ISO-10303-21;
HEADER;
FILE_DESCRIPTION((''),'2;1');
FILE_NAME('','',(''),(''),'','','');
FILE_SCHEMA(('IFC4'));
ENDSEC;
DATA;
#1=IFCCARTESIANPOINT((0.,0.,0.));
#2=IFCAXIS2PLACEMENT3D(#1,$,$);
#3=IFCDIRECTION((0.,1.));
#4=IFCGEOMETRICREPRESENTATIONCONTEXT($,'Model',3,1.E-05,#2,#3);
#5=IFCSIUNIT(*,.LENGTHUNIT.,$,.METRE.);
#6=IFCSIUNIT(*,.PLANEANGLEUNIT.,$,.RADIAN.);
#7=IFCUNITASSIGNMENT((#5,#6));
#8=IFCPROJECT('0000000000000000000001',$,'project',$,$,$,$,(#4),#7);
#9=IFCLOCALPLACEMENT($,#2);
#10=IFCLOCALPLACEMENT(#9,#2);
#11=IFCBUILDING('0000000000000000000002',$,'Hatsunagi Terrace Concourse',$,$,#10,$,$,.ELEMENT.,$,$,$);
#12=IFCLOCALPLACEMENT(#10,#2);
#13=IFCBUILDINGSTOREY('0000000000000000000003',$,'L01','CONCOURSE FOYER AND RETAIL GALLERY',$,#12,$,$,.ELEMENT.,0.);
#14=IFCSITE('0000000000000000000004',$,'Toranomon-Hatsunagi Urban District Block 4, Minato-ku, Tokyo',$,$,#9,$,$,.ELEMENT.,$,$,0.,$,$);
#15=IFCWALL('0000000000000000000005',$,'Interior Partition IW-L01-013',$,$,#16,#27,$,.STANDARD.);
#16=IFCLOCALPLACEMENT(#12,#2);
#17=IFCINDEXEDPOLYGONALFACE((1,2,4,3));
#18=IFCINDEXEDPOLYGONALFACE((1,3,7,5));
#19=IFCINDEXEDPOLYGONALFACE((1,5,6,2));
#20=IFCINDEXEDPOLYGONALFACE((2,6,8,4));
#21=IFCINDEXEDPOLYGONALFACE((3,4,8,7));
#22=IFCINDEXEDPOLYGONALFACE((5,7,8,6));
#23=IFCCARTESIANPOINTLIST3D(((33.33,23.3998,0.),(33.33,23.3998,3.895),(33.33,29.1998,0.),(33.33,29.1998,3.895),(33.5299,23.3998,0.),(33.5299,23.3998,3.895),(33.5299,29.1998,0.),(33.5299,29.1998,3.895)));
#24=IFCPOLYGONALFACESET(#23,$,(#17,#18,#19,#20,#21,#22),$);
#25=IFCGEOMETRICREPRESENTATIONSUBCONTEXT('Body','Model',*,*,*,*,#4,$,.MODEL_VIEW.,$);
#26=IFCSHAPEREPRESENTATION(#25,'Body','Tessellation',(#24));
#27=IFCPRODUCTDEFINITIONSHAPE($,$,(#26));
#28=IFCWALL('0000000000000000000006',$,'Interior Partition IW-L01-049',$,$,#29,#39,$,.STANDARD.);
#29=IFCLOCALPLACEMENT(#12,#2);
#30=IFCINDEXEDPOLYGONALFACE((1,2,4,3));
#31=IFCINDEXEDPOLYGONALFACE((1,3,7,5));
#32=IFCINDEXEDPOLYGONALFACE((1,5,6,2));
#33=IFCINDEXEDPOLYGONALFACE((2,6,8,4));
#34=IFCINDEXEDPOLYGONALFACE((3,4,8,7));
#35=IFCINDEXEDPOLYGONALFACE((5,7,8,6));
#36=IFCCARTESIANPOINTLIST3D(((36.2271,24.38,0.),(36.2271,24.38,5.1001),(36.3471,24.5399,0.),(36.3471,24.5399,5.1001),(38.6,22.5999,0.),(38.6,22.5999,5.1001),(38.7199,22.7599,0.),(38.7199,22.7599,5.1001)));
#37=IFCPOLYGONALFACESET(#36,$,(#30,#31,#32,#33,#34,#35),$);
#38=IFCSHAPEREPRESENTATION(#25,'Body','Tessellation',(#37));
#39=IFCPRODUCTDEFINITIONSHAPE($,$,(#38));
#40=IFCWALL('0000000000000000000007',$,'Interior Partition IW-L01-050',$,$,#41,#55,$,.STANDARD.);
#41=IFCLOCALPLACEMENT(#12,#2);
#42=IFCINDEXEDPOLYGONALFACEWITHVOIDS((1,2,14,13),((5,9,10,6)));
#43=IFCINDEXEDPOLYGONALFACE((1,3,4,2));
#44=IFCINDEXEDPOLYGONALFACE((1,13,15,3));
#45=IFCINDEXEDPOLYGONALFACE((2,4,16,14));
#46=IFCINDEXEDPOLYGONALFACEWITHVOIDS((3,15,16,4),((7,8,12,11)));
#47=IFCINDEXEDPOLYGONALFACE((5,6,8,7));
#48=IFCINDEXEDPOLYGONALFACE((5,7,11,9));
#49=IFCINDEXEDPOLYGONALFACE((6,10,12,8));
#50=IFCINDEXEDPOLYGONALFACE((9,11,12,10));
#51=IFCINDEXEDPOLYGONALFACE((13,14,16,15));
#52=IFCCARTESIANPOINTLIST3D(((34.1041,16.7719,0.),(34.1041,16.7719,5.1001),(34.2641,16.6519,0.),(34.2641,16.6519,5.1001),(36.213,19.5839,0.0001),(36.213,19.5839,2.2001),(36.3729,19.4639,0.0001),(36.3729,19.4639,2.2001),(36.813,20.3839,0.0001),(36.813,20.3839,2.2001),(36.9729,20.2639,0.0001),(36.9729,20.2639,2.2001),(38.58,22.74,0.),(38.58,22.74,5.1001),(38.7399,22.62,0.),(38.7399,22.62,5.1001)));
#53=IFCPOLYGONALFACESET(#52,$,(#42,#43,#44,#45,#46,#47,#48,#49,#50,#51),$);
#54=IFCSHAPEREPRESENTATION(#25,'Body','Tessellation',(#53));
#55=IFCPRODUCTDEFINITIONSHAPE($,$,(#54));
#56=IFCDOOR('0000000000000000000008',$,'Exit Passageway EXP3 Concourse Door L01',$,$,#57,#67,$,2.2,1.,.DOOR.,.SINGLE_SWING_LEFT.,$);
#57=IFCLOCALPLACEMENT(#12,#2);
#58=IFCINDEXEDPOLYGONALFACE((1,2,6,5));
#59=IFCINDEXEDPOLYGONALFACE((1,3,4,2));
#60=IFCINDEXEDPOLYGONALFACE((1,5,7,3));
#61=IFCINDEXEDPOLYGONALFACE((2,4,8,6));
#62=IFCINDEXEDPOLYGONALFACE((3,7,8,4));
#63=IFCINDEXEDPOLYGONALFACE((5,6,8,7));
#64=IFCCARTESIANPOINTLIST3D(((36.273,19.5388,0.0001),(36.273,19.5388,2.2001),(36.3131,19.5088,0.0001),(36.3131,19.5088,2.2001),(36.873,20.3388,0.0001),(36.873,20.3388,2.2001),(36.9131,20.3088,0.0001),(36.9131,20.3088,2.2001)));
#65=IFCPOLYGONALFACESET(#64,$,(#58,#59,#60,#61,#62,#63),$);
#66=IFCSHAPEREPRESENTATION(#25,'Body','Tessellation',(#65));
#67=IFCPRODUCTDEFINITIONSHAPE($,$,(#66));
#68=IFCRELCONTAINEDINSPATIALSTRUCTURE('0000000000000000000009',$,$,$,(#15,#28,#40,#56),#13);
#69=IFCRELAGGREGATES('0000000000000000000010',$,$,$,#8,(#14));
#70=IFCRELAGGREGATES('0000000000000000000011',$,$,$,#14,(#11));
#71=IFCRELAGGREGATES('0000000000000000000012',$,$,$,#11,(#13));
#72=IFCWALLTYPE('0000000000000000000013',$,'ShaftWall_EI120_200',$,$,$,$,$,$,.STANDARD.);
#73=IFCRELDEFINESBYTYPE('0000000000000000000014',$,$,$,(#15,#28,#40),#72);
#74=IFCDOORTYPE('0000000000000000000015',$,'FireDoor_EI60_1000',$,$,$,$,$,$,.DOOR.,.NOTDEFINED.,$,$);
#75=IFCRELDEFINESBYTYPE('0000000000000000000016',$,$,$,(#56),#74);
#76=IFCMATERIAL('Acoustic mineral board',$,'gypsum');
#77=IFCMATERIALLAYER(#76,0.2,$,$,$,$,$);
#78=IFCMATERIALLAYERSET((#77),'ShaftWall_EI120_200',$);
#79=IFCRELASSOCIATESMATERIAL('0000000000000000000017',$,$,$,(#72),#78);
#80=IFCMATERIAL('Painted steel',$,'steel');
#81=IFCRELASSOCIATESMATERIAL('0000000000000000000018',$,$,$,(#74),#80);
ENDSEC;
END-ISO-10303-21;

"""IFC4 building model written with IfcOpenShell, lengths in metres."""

from ifc_helpers import new_model, si_unit, direction, frame, frame_2d, origin, place, context, subcontext, project, spatial, rectangle, extrude, material, layer, layer_set, type_object, element, fill, save


model = new_model("IFC4")

# Units and contexts
model_context = context("Model", 3, precision=1e-05, world=origin(), true_north=direction((0.0, 1.0)))
body_context = subcontext(model_context, "Body", "Model", "MODEL_VIEW")
ifc_project = project(units=[si_unit("LENGTHUNIT", "METRE"), si_unit("PLANEANGLEUNIT", "RADIAN")], contexts=[model_context])

# Site, building, storey
site_placement = place(None, origin())
site = spatial("IfcSite", under=ifc_project, at=site_placement, Name="Toranomon-Hatsunagi Urban District Block 4, Minato-ku, Tokyo", CompositionType="ELEMENT", RefElevation=0.0)
building_placement = place(site_placement, origin())
building = spatial("IfcBuilding", under=site, at=building_placement, Name="Hatsunagi Terrace Concourse", CompositionType="ELEMENT")
storey_placement = place(building_placement, origin())
storey = spatial("IfcBuildingStorey", under=building, at=storey_placement, Name="L01", Description="CONCOURSE FOYER AND RETAIL GALLERY", CompositionType="ELEMENT", Elevation=0.0)

# Walls
ifc_material_1 = material(Name="Acoustic mineral board", Category="gypsum")
ifc_layer_1 = layer(ifc_material_1, 0.2)
ifc_layer_set_1 = layer_set([ifc_layer_1], Name="ShaftWall_EI120_200")
wall_type_1 = type_object("IfcWallType", Name="ShaftWall_EI120_200", PredefinedType="STANDARD", material=ifc_layer_set_1)
wall_1_placement = place(storey_placement, frame((33.4299, 23.3999, 0.0), z_axis=(0.0, 0.0, 1.0), x_axis=(0.0, 1.0, 0.0)))
element("IfcWall", 1, at=wall_1_placement, inside=storey, type_object=wall_type_1, Name="Interior Partition IW-L01-013", PredefinedType="STANDARD", context=body_context, shape_type="SweptSolid", body=[
    extrude(rectangle(XDim=5.8, YDim=0.2, at=frame_2d((2.8999, 0.0))), origin(), (0.0, 0.0, 1.0), 3.895),
])
wall_2_placement = place(storey_placement, frame((36.2871, 24.46, 0.0), z_axis=(0.0, 0.0, 1.0), x_axis=(0.799931, -0.600092, 0.0)))
element("IfcWall", 2, at=wall_2_placement, inside=storey, type_object=wall_type_1, Name="Interior Partition IW-L01-049", PredefinedType="STANDARD", context=body_context, shape_type="SweptSolid", body=[
    extrude(rectangle(XDim=2.9663, YDim=0.2, at=frame_2d((1.4832, 0.0))), origin(), (0.0, 0.0, 1.0), 5.1001),
])

# Wall, opening, door
wall_3_placement = place(storey_placement, frame((34.1841, 16.7119, 0.0), z_axis=(0.0, 0.0, 1.0), x_axis=(0.599984, 0.800012, 0.0)))
wall_3 = element("IfcWall", 3, at=wall_3_placement, inside=storey, type_object=wall_type_1, Name="Interior Partition IW-L01-050", PredefinedType="STANDARD", context=body_context, shape_type="SweptSolid", body=[
    extrude(rectangle(XDim=7.46, YDim=0.2, at=frame_2d((3.73, 0.0))), origin(), (0.0, 0.0, 1.0), 5.1001),
])
opening_1_placement = place(wall_3_placement, frame((3.5149, 0.0, 0.0)))
opening_1 = element("IfcOpeningElement", 4, at=opening_1_placement, cuts=wall_3, PredefinedType="OPENING", context=body_context, shape_type="SweptSolid", body=[
    extrude(rectangle(XDim=1.0, YDim=2.2, at=frame_2d((0.5, 1.1001))), frame((0.0, 0.1099, 0.0), z_axis=(0.0, -1.0, 0.0), x_axis=(1.0, 0.0, 0.0)), (0.0, 0.0, 1.0), 0.22),
])
ifc_material_2 = material(Name="Painted steel", Category="steel")
door_type_1 = type_object("IfcDoorType", Name="FireDoor_EI60_1000", OperationType="NOTDEFINED", PredefinedType="DOOR", material=ifc_material_2)
door_1_placement = place(opening_1_placement, origin())
door_1 = element("IfcDoor", 5, at=door_1_placement, inside=storey, type_object=door_type_1, Name="Exit Passageway EXP3 Concourse Door L01", OperationType="SINGLE_SWING_LEFT", OverallHeight=2.2, OverallWidth=1.0, PredefinedType="DOOR", context=body_context, shape_type="SweptSolid", body=[
    extrude(rectangle(XDim=1.0, YDim=2.2, at=frame_2d((0.5, 1.1001))), frame((0.0, 0.0249, 0.0), z_axis=(0.0, -1.0, 0.0), x_axis=(1.0, 0.0, 0.0)), (0.0, 0.0, 1.0), 0.05),
])
fill(opening_1, door_1)

save(model, "model.ifc")
